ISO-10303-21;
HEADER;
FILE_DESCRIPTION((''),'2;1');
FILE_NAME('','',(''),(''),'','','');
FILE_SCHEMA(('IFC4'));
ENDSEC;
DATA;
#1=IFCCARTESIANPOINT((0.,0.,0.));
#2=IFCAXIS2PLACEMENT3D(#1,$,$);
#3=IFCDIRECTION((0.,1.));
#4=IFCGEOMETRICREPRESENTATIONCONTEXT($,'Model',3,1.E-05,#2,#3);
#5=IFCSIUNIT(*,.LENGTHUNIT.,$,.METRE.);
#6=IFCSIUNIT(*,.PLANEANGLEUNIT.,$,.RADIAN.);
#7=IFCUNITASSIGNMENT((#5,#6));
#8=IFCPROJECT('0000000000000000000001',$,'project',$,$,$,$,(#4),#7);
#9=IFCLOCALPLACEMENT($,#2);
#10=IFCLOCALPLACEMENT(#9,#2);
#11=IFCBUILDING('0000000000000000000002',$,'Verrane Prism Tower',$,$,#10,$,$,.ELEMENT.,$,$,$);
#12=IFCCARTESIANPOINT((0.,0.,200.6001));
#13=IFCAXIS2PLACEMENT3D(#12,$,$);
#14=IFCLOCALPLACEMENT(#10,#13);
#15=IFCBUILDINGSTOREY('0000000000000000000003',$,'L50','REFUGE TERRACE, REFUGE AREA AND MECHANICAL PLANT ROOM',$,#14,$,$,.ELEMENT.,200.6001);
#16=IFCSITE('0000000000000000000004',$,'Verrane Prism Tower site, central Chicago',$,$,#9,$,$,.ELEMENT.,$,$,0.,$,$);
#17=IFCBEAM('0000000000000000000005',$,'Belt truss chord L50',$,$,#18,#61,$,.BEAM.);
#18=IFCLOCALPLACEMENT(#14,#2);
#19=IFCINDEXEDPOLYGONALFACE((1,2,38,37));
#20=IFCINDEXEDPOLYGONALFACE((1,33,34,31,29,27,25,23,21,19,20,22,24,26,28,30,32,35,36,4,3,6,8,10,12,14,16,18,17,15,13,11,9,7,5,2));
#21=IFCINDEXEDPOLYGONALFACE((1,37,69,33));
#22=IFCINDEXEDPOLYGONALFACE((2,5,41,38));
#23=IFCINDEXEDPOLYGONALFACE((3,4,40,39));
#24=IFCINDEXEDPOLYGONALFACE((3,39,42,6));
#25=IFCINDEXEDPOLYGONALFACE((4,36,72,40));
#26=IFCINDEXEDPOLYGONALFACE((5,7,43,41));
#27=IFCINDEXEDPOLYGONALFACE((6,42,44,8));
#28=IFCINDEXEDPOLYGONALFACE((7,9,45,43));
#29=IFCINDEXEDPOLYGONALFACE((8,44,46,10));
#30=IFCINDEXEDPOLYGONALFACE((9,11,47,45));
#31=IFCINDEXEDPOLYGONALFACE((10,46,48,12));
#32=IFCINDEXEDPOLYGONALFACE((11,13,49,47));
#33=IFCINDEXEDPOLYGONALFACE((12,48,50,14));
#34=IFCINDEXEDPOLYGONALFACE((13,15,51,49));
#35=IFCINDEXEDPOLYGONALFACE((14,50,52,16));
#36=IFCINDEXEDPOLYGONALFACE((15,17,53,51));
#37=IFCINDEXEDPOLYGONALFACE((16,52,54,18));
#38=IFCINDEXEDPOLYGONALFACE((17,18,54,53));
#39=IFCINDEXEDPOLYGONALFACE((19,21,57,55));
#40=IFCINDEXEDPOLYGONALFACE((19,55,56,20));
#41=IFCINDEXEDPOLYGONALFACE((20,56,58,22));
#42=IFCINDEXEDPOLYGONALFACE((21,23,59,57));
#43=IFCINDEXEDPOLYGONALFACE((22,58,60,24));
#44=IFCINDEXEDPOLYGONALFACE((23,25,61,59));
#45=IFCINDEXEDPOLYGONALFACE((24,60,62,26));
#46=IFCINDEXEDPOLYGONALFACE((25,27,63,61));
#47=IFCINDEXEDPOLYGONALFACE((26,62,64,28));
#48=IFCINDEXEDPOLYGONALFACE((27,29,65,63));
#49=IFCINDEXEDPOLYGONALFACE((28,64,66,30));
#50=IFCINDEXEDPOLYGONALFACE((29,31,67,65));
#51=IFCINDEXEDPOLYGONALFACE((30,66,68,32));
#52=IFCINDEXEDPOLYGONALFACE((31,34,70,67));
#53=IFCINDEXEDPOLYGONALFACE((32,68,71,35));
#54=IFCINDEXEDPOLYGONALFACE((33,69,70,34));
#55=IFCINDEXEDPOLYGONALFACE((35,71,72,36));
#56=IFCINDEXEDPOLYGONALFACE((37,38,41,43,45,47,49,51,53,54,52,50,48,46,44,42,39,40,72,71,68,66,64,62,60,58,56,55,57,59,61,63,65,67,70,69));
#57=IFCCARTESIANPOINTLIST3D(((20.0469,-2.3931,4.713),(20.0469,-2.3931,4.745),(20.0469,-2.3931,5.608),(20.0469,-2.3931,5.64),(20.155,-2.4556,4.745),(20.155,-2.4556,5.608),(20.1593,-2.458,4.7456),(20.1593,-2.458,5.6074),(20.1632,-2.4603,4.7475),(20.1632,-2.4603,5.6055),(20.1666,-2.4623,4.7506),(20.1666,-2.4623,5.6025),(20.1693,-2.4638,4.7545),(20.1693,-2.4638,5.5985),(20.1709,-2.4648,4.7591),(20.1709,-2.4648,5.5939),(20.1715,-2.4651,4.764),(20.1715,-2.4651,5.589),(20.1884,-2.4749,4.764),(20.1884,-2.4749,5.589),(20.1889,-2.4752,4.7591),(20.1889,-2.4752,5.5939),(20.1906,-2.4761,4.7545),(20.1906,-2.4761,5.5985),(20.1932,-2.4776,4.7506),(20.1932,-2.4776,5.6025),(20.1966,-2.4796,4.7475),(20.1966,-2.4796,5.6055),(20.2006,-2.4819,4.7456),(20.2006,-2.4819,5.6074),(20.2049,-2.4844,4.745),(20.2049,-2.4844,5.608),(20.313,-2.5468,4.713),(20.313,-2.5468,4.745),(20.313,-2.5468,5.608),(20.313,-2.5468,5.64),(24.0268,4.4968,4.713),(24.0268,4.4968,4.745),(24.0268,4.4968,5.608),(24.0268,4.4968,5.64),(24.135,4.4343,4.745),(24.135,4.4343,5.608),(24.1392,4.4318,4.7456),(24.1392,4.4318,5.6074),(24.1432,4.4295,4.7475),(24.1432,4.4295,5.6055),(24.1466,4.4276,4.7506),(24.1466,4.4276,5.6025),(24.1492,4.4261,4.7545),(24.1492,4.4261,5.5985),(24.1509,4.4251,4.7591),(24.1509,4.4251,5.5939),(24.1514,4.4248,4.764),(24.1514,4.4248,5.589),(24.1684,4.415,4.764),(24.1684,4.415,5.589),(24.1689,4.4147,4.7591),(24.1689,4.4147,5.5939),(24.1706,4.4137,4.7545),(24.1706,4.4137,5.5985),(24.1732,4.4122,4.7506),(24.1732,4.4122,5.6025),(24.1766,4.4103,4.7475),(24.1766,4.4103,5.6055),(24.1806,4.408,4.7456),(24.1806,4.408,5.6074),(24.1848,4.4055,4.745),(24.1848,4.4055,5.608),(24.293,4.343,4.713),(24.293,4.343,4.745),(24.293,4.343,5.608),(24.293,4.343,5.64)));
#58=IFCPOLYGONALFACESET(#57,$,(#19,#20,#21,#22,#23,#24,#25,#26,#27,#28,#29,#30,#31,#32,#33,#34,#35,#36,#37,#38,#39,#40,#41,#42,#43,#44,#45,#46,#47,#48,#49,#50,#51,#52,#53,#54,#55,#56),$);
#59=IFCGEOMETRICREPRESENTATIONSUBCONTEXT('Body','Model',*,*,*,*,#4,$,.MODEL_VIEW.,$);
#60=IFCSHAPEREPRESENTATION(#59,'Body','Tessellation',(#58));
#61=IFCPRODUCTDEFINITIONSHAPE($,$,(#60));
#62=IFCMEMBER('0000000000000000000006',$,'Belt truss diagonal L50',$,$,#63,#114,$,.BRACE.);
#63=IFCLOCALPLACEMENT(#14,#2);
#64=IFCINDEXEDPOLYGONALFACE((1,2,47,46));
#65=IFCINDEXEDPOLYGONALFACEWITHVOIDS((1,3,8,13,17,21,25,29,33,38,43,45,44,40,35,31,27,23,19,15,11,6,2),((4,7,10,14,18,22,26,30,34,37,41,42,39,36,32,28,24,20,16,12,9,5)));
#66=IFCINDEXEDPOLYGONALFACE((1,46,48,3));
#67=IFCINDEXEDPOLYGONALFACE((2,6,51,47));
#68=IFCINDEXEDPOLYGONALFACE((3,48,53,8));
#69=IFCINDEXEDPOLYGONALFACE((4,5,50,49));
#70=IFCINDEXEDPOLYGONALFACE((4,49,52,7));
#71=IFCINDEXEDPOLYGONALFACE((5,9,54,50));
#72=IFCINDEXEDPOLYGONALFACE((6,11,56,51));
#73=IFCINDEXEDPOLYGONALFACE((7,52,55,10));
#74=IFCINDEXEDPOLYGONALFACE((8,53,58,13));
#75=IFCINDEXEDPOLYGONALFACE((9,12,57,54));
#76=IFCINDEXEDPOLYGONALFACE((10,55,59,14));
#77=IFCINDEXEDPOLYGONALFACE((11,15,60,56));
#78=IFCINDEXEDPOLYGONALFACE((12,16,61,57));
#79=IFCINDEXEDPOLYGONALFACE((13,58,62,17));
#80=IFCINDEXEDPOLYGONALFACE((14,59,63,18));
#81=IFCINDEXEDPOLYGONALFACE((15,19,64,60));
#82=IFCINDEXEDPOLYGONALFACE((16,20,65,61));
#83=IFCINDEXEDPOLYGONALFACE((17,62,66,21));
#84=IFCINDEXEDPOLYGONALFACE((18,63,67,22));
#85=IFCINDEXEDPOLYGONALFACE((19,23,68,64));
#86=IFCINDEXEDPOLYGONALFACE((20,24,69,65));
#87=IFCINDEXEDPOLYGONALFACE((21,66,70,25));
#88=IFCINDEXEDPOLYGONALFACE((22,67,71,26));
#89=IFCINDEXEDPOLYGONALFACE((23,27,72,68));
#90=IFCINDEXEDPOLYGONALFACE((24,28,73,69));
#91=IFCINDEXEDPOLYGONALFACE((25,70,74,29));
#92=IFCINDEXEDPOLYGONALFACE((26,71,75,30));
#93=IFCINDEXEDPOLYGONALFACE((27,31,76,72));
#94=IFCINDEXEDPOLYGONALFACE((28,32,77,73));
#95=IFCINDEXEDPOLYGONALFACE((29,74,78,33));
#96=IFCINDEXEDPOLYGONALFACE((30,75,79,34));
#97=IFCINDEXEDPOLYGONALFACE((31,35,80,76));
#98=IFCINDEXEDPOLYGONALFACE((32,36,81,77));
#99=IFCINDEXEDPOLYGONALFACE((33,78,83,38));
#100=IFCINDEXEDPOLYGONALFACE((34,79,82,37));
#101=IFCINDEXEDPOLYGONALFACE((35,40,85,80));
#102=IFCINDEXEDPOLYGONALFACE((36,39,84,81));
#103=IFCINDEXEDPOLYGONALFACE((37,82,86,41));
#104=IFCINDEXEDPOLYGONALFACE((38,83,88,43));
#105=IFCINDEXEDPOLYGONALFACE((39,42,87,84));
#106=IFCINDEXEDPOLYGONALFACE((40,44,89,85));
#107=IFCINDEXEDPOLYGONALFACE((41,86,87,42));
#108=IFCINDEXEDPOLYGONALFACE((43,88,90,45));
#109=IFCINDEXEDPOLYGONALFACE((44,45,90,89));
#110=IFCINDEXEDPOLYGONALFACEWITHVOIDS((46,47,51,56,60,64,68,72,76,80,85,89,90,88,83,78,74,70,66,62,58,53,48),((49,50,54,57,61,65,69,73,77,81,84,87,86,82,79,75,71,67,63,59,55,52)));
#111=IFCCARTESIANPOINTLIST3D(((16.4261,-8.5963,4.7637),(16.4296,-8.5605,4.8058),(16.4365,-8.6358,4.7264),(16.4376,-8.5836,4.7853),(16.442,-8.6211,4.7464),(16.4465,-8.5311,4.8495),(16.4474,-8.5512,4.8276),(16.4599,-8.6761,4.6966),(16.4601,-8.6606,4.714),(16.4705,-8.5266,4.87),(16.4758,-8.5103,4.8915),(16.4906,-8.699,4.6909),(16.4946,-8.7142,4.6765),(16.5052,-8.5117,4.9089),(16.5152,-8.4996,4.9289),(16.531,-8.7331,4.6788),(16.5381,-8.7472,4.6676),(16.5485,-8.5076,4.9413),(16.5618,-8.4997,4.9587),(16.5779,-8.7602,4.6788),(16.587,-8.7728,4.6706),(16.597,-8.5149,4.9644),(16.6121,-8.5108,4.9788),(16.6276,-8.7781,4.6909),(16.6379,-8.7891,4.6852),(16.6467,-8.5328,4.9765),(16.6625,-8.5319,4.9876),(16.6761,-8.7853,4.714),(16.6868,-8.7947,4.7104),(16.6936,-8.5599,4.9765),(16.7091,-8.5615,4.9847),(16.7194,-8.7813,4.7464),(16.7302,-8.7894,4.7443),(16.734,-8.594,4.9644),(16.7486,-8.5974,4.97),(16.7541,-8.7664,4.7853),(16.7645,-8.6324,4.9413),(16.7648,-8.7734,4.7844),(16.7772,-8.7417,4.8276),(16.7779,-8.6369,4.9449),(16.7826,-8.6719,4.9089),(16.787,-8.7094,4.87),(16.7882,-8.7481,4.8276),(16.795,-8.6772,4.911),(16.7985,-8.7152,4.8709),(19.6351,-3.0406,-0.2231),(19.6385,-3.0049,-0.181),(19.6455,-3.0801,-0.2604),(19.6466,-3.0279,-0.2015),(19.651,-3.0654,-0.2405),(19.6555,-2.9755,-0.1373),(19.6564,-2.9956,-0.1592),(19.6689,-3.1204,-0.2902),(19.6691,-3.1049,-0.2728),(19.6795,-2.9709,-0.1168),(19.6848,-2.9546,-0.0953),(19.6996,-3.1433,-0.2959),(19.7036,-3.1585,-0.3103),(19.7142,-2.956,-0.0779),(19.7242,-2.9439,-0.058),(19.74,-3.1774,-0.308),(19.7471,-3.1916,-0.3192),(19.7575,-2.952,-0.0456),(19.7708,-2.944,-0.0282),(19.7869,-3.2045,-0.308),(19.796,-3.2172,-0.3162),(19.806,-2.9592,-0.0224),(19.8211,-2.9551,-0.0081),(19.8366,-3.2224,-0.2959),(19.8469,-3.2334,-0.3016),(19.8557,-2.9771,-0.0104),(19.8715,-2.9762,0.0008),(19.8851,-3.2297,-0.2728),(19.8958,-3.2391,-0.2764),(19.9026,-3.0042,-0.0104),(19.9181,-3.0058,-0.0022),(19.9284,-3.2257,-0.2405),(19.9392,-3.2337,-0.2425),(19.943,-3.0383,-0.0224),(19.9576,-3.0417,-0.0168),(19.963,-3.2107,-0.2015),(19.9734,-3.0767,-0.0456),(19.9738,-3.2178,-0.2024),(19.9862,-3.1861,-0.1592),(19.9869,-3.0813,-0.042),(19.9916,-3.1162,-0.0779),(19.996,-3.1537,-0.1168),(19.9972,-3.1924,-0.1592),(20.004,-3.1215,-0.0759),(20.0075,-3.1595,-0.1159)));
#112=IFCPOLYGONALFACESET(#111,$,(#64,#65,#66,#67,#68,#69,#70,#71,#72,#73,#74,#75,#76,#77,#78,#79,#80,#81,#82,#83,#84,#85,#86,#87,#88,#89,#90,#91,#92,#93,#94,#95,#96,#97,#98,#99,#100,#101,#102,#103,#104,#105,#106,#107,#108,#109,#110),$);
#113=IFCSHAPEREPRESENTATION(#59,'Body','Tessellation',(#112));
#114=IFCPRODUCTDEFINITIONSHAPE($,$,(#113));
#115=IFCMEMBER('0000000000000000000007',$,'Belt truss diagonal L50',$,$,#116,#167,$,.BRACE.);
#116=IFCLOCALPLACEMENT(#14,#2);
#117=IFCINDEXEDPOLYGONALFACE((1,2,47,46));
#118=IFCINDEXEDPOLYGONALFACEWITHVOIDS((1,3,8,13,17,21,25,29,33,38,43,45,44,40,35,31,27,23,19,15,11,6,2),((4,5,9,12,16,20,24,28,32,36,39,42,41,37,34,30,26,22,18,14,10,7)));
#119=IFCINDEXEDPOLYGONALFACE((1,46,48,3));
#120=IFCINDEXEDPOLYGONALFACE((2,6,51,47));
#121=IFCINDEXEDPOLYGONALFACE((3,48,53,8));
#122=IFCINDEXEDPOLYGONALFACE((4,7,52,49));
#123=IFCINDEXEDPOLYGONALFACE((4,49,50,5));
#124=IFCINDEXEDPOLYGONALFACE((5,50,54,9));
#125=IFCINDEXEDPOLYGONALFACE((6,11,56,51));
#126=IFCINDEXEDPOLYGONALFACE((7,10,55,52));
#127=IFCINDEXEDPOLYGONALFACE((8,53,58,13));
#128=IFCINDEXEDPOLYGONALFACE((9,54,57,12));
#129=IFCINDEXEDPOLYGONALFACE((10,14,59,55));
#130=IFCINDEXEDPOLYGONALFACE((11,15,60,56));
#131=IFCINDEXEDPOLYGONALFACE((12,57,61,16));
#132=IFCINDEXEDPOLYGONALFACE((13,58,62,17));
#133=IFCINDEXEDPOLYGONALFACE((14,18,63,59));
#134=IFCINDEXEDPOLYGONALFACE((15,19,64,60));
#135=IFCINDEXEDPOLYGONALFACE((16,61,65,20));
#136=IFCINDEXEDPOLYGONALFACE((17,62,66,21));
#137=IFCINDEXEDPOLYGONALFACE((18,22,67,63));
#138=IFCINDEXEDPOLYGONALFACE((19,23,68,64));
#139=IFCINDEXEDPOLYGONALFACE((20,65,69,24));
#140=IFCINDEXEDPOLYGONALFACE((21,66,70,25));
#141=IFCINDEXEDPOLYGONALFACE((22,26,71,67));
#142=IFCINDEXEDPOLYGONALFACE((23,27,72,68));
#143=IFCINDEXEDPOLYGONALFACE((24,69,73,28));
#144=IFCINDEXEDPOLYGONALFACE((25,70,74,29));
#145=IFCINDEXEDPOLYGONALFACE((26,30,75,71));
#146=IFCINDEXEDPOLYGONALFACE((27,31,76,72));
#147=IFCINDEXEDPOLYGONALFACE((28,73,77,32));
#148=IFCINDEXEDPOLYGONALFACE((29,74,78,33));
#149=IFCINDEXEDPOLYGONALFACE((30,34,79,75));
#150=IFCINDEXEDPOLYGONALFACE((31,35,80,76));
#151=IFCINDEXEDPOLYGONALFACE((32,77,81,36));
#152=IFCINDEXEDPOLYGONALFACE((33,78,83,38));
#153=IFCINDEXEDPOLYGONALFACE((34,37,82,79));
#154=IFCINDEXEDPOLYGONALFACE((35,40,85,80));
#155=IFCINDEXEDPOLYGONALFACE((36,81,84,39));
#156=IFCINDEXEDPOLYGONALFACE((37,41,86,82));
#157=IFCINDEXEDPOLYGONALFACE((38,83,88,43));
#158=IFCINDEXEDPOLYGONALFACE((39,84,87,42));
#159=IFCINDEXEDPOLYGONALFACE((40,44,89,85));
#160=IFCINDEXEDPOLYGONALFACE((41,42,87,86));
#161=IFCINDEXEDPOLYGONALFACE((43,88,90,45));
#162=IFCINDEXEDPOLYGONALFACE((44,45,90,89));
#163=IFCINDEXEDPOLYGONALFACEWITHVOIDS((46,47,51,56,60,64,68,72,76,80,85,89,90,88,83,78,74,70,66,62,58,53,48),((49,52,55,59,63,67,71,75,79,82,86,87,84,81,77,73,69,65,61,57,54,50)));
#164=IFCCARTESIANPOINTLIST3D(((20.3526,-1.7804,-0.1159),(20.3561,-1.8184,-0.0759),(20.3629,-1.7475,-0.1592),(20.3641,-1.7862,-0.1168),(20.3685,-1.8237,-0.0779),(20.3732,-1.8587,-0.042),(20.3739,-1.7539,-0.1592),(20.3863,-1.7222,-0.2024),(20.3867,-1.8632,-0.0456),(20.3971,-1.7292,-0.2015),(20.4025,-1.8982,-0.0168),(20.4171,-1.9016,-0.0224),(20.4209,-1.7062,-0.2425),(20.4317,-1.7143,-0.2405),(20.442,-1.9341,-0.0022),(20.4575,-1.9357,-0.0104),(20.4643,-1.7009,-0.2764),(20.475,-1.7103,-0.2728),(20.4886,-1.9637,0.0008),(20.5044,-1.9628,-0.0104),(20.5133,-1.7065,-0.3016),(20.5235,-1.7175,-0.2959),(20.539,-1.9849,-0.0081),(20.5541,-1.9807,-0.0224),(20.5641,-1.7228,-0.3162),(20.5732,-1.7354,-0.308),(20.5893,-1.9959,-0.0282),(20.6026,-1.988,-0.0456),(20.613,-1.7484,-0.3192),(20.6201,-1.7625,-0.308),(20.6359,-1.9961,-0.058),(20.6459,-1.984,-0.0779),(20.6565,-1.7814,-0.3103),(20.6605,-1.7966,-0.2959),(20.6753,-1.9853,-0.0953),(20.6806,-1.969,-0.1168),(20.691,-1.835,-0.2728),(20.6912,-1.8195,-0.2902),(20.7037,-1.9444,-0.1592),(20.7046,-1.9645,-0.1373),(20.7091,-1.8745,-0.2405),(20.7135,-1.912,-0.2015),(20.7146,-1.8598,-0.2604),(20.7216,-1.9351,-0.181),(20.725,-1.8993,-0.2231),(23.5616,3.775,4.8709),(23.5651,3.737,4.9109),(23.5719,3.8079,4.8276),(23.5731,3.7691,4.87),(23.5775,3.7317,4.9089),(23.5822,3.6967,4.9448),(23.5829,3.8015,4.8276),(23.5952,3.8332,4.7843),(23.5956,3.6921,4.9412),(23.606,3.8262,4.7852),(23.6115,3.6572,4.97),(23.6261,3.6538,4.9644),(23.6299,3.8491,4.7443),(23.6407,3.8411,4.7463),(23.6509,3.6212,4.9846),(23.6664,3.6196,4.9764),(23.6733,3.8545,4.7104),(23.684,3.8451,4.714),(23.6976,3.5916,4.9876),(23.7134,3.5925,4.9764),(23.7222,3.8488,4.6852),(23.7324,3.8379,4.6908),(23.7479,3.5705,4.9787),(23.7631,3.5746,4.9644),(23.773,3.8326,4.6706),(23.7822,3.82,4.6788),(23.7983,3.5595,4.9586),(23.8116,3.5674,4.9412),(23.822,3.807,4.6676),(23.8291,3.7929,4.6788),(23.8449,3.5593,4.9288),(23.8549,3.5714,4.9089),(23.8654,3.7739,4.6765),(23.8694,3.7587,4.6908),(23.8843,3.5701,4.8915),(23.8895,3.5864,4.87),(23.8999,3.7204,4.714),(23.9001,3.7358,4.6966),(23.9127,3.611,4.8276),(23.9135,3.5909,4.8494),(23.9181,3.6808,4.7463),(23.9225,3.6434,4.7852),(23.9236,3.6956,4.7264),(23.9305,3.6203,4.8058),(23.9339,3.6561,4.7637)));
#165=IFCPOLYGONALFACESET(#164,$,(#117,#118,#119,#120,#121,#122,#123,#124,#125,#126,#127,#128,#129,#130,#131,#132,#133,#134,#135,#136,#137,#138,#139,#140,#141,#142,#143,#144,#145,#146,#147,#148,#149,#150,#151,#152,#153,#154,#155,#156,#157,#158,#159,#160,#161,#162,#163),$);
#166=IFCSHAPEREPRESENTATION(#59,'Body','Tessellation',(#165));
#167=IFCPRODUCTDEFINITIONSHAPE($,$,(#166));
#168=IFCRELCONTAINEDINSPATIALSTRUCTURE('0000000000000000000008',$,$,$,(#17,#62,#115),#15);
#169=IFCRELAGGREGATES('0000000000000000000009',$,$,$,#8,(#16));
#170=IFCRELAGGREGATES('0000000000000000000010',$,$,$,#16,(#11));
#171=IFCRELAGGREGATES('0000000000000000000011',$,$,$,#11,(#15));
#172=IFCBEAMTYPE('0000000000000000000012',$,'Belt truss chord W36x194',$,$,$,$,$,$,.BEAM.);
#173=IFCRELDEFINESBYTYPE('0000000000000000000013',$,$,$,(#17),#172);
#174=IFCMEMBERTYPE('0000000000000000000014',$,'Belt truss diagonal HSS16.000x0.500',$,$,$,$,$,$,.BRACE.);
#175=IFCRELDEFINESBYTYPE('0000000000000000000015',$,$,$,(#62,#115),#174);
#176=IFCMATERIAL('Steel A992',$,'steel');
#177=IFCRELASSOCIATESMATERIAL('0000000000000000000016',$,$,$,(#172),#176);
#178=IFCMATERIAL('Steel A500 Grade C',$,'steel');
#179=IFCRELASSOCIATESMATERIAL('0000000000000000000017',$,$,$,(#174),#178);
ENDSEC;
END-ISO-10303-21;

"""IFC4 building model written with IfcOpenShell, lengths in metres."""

from ifc_helpers import new_model, si_unit, direction, frame, origin, origin_2d, place, context, subcontext, project, spatial, hollow_circle, i_section, extrude, material, material_profile, profile_set, type_object, element, save


model = new_model("IFC4")

# Units and contexts
model_context = context("Model", 3, precision=1e-05, world=origin(), true_north=direction((0.0, 1.0)))
body_context = subcontext(model_context, "Body", "Model", "MODEL_VIEW")
ifc_project = project(units=[si_unit("LENGTHUNIT", "METRE"), si_unit("PLANEANGLEUNIT", "RADIAN")], contexts=[model_context])

# Site, building, storey
site_placement = place(None, origin())
site = spatial("IfcSite", under=ifc_project, at=site_placement, Name="Verrane Prism Tower site, central Chicago", CompositionType="ELEMENT", RefElevation=0.0)
building_placement = place(site_placement, origin())
building = spatial("IfcBuilding", under=site, at=building_placement, Name="Verrane Prism Tower", CompositionType="ELEMENT")
storey_placement = place(building_placement, frame((0.0, 0.0, 200.6001)))
storey = spatial("IfcBuildingStorey", under=building, at=storey_placement, Name="L50", Description="REFUGE TERRACE, REFUGE AREA AND MECHANICAL PLANT ROOM", CompositionType="ELEMENT", Elevation=200.6001)

# Beam
ifc_material_1 = material(Name="Steel A992", Category="steel")
ifc_material_profile_1 = material_profile(ifc_material_1, i_section(OverallWidth=0.3074, OverallDepth=0.927, WebThickness=0.0195, FlangeThickness=0.032, FilletRadius=0.019, at=origin_2d()), Name="W36x194")
ifc_profile_set_1 = profile_set([ifc_material_profile_1], Name="Steel A992")
beam_type_1 = type_object("IfcBeamType", Name="Belt truss chord W36x194", PredefinedType="BEAM", material=ifc_profile_set_1)
beam_1_placement = place(storey_placement, frame((20.1799, -2.47, 5.1765), z_axis=(0.500198, 0.865911, 0.0), x_axis=(-0.865911, 0.500198, 0.0)))
element("IfcBeam", 1, at=beam_1_placement, inside=storey, type_object=beam_type_1, Name="Belt truss chord L50", PredefinedType="BEAM", context=body_context, shape_type="SweptSolid", body=[
    extrude(i_section(OverallWidth=0.3074, OverallDepth=0.927, WebThickness=0.0195, FlangeThickness=0.032, FilletRadius=0.019, at=origin_2d()), origin(), (0.0, 0.0, 1.0), 7.9568),
])

# Members
ifc_material_2 = material(Name="Steel A500 Grade C", Category="steel")
ifc_material_profile_2 = material_profile(ifc_material_2, hollow_circle(Radius=0.2031, WallThickness=0.0127, at=origin_2d()), Name="HSS16.000x0.500")
ifc_profile_set_2 = profile_set([ifc_material_profile_2], Name="Steel A500 Grade C")
member_type_1 = type_object("IfcMemberType", Name="Belt truss diagonal HSS16.000x0.500", PredefinedType="BRACE", material=ifc_profile_set_2)
member_1_placement = place(storey_placement, frame((19.8213, -3.0908, -0.1592), z_axis=(-0.394905, -0.683693, 0.613689), x_axis=(0.86593, -0.500166, 0.0)))
element("IfcMember", 2, at=member_1_placement, inside=storey, type_object=member_type_1, Name="Belt truss diagonal L50", PredefinedType="BRACE", context=body_context, shape_type="SweptSolid", body=[
    extrude(hollow_circle(Radius=0.2031, WallThickness=0.0127, at=origin_2d()), origin(), (0.0, 0.0, 1.0), 8.126),
])
member_2_placement = place(storey_placement, frame((20.5388, -1.8491, -0.1592), z_axis=(0.394913, 0.683677, 0.613702), x_axis=(-0.86592, 0.500182, 0.0)))
element("IfcMember", 3, at=member_2_placement, inside=storey, type_object=member_type_1, Name="Belt truss diagonal L50", PredefinedType="BRACE", context=body_context, shape_type="SweptSolid", body=[
    extrude(hollow_circle(Radius=0.2031, WallThickness=0.0127, at=origin_2d()), origin(), (0.0, 0.0, 1.0), 8.1257),
])

save(model, "model.ifc")
